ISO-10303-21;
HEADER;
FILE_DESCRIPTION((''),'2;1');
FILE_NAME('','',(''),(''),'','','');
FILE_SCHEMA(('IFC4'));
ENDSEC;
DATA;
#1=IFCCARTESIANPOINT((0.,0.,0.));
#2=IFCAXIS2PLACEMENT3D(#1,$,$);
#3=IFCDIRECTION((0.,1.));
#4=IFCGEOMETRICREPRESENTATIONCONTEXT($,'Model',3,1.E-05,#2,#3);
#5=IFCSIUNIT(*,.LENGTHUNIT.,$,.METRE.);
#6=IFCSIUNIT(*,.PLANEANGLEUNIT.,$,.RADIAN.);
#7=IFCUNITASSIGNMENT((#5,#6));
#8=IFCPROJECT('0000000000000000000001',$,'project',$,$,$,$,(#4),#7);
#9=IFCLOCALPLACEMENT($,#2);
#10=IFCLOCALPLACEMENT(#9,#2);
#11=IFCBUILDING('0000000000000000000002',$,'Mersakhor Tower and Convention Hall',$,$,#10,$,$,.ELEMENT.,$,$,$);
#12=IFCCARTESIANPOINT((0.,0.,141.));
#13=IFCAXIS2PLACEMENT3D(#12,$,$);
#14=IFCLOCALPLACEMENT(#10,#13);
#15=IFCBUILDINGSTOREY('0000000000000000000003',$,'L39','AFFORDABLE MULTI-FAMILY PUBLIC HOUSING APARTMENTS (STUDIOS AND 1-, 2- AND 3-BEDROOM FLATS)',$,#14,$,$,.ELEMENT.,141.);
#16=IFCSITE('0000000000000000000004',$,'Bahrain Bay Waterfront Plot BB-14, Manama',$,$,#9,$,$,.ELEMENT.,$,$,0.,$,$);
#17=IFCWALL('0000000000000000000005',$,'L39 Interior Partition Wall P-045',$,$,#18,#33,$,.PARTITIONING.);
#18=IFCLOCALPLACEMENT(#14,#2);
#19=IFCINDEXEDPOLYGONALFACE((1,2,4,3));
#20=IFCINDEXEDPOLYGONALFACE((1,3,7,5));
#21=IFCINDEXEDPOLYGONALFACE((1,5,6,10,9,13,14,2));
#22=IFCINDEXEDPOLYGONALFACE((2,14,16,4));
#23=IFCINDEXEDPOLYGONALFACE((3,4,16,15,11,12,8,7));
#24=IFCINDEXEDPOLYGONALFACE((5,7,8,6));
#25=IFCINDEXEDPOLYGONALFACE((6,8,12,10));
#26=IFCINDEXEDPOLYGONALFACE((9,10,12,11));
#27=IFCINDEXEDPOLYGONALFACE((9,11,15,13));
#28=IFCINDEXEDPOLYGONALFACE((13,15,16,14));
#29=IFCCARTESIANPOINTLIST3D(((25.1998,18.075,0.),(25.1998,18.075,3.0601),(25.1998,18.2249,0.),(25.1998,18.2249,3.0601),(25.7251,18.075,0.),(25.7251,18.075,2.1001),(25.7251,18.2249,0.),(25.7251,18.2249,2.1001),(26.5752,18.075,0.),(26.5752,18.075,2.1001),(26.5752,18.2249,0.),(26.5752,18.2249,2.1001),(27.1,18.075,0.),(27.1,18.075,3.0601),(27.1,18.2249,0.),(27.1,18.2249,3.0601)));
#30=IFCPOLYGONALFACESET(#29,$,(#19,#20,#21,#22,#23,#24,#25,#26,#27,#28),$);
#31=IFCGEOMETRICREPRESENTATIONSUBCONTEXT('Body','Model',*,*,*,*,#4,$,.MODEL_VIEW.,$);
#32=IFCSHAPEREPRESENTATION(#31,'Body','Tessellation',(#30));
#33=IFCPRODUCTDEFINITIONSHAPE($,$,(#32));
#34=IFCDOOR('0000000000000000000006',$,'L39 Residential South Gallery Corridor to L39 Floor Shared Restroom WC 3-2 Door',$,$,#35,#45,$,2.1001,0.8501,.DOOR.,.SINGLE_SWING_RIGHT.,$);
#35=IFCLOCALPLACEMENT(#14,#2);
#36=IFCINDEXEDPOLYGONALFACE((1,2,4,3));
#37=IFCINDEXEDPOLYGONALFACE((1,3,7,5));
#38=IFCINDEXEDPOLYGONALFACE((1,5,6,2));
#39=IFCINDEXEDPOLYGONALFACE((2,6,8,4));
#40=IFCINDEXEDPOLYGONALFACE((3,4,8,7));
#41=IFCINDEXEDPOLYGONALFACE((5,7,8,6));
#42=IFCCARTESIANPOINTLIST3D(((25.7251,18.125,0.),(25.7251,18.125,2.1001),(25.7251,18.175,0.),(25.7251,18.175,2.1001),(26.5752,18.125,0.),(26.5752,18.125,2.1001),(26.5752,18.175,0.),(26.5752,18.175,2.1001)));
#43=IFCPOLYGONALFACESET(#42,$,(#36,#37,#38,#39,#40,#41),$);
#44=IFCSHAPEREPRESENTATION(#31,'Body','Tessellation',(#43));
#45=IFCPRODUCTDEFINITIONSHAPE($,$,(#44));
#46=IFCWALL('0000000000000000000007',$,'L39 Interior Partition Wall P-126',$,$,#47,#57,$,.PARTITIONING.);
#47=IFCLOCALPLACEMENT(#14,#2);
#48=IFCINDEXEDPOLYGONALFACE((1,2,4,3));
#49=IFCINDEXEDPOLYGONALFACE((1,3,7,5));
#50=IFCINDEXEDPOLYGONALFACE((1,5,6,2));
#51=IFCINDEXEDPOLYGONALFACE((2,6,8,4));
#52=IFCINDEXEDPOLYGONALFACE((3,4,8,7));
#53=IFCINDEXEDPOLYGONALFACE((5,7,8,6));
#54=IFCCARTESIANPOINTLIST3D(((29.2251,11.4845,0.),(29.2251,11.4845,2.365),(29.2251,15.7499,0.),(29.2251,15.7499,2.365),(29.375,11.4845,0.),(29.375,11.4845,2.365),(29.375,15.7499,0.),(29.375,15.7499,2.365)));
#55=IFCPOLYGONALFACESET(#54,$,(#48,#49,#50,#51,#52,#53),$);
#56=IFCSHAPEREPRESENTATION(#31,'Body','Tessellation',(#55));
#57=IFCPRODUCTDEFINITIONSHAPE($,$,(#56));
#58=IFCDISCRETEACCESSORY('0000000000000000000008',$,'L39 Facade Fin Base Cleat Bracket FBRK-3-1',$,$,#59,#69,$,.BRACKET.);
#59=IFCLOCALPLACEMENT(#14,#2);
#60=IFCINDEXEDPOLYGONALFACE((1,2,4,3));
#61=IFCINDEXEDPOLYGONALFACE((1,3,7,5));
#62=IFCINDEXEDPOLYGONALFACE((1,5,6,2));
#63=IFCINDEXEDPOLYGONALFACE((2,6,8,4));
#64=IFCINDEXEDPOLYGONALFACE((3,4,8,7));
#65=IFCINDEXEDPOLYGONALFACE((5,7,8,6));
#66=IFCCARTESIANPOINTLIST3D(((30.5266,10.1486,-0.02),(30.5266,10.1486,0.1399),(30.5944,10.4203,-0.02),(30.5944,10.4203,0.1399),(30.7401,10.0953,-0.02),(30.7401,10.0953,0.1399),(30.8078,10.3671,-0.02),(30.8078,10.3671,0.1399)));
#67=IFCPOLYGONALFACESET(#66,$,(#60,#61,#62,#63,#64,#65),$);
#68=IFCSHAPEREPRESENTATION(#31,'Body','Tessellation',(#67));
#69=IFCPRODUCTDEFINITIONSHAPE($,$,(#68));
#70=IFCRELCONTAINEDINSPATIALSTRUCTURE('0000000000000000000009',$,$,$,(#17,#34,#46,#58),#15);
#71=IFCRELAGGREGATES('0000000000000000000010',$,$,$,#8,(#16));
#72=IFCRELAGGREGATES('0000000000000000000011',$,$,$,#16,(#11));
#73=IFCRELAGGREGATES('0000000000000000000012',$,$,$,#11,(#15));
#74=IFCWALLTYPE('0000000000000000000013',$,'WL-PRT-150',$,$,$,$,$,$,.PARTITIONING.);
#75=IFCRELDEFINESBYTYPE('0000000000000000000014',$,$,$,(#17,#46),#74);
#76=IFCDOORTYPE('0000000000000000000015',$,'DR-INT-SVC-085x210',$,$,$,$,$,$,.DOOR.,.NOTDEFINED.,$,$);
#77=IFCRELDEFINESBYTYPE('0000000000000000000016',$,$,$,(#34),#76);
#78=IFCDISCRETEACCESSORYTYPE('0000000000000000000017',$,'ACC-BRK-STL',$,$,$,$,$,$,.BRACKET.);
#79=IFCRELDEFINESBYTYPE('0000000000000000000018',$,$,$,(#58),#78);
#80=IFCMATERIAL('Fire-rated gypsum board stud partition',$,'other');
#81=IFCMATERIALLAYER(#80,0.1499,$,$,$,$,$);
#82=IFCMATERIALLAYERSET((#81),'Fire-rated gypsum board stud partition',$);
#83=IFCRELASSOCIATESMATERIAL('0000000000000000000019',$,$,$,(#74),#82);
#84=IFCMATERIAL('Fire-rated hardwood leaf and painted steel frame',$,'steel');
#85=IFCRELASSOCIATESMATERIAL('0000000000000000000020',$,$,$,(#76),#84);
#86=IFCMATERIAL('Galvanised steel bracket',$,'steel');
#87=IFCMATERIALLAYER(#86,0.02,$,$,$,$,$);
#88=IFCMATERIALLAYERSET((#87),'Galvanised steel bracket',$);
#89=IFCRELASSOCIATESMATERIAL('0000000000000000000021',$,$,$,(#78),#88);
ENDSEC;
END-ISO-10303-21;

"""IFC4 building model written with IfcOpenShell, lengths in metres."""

from ifc_helpers import new_model, si_unit, direction, frame, frame_2d, origin, origin_2d, place, context, subcontext, project, spatial, rectangle, extrude, material, layer, layer_set, type_object, element, fill, save


model = new_model("IFC4")

# Units and contexts
model_context = context("Model", 3, precision=1e-05, world=origin(), true_north=direction((0.0, 1.0)))
body_context = subcontext(model_context, "Body", "Model", "MODEL_VIEW")
ifc_project = project(units=[si_unit("LENGTHUNIT", "METRE"), si_unit("PLANEANGLEUNIT", "RADIAN")], contexts=[model_context])

# Site, building, storey
site_placement = place(None, origin())
site = spatial("IfcSite", under=ifc_project, at=site_placement, Name="Bahrain Bay Waterfront Plot BB-14, Manama", CompositionType="ELEMENT", RefElevation=0.0)
building_placement = place(site_placement, origin())
building = spatial("IfcBuilding", under=site, at=building_placement, Name="Mersakhor Tower and Convention Hall", CompositionType="ELEMENT")
storey_placement = place(building_placement, frame((0.0, 0.0, 141.0)))
storey = spatial("IfcBuildingStorey", under=building, at=storey_placement, Name="L39", Description="AFFORDABLE MULTI-FAMILY PUBLIC HOUSING APARTMENTS (STUDIOS AND 1-, 2- AND 3-BEDROOM FLATS)", CompositionType="ELEMENT", Elevation=141.0)

# Shared definitions
ifc_material_1 = material(Name="Fire-rated gypsum board stud partition", Category="other")
ifc_layer_1 = layer(ifc_material_1, 0.1499)
ifc_layer_set_1 = layer_set([ifc_layer_1], Name="Fire-rated gypsum board stud partition")
wall_type_1 = type_object("IfcWallType", Name="WL-PRT-150", PredefinedType="PARTITIONING", material=ifc_layer_set_1)

# Wall, opening, door
wall_1_placement = place(storey_placement, frame((27.1001, 18.1499, 0.0), z_axis=(0.0, 0.0, 1.0), x_axis=(-1.0, 0.0, 0.0)))
wall_1 = element("IfcWall", 1, at=wall_1_placement, inside=storey, type_object=wall_type_1, Name="L39 Interior Partition Wall P-045", PredefinedType="PARTITIONING", context=body_context, shape_type="SweptSolid", body=[
    extrude(rectangle(XDim=1.9001, YDim=0.1499, at=frame_2d((0.9502, 0.0))), origin(), (0.0, 0.0, 1.0), 3.0601),
])
opening_1_placement = place(wall_1_placement, frame((0.5249, 0.0, 0.0)))
opening_1 = element("IfcOpeningElement", 2, at=opening_1_placement, cuts=wall_1, PredefinedType="OPENING", context=body_context, shape_type="SweptSolid", body=[
    extrude(rectangle(XDim=0.8501, YDim=2.1001, at=frame_2d((0.425, 1.05))), frame((0.0, 0.085, 0.0), z_axis=(0.0, -1.0, 0.0), x_axis=(1.0, 0.0, 0.0)), (0.0, 0.0, 1.0), 0.1699),
])
ifc_material_2 = material(Name="Fire-rated hardwood leaf and painted steel frame", Category="steel")
door_type_1 = type_object("IfcDoorType", Name="DR-INT-SVC-085x210", OperationType="NOTDEFINED", PredefinedType="DOOR", material=ifc_material_2)
door_1_placement = place(opening_1_placement, origin())
door_1 = element("IfcDoor", 3, at=door_1_placement, inside=storey, type_object=door_type_1, Name="L39 Residential South Gallery Corridor to L39 Floor Shared Restroom WC 3-2 Door", OperationType="SINGLE_SWING_RIGHT", OverallHeight=2.1001, OverallWidth=0.8501, PredefinedType="DOOR", context=body_context, shape_type="SweptSolid", body=[
    extrude(rectangle(XDim=0.8501, YDim=2.1001, at=frame_2d((0.425, 1.05))), frame((0.0, 0.0249, 0.0), z_axis=(0.0, -1.0, 0.0), x_axis=(1.0, 0.0, 0.0)), (0.0, 0.0, 1.0), 0.05),
])
fill(opening_1, door_1)

# Wall
wall_2_placement = place(storey_placement, frame((29.3, 15.75, 0.0), z_axis=(0.0, 0.0, 1.0), x_axis=(0.0, -1.0, 0.0)))
element("IfcWall", 4, at=wall_2_placement, inside=storey, type_object=wall_type_1, Name="L39 Interior Partition Wall P-126", PredefinedType="PARTITIONING", context=body_context, shape_type="SweptSolid", body=[
    extrude(rectangle(XDim=4.2654, YDim=0.1499, at=frame_2d((2.1328, 0.0))), origin(), (0.0, 0.0, 1.0), 2.365),
])

# Discrete accessory
ifc_material_3 = material(Name="Galvanised steel bracket", Category="steel")
ifc_layer_2 = layer(ifc_material_3, 0.02)
ifc_layer_set_2 = layer_set([ifc_layer_2], Name="Galvanised steel bracket")
discrete_accessory_type = type_object("IfcDiscreteAccessoryType", Name="ACC-BRK-STL", PredefinedType="BRACKET", material=ifc_layer_set_2)
discrete_accessory_placement = place(storey_placement, frame((30.6672, 10.2578, -0.02), z_axis=(0.0, 0.0, 1.0), x_axis=(-0.241922, -0.970296, 0.0)))
element("IfcDiscreteAccessory", 5, at=discrete_accessory_placement, inside=storey, type_object=discrete_accessory_type, Name="L39 Facade Fin Base Cleat Bracket FBRK-3-1", PredefinedType="BRACKET", context=body_context, shape_type="SweptSolid", body=[
    extrude(rectangle(XDim=0.28, YDim=0.22, at=origin_2d()), origin(), (0.0, 0.0, 1.0), 0.1599),
])

save(model, "model.ifc")
